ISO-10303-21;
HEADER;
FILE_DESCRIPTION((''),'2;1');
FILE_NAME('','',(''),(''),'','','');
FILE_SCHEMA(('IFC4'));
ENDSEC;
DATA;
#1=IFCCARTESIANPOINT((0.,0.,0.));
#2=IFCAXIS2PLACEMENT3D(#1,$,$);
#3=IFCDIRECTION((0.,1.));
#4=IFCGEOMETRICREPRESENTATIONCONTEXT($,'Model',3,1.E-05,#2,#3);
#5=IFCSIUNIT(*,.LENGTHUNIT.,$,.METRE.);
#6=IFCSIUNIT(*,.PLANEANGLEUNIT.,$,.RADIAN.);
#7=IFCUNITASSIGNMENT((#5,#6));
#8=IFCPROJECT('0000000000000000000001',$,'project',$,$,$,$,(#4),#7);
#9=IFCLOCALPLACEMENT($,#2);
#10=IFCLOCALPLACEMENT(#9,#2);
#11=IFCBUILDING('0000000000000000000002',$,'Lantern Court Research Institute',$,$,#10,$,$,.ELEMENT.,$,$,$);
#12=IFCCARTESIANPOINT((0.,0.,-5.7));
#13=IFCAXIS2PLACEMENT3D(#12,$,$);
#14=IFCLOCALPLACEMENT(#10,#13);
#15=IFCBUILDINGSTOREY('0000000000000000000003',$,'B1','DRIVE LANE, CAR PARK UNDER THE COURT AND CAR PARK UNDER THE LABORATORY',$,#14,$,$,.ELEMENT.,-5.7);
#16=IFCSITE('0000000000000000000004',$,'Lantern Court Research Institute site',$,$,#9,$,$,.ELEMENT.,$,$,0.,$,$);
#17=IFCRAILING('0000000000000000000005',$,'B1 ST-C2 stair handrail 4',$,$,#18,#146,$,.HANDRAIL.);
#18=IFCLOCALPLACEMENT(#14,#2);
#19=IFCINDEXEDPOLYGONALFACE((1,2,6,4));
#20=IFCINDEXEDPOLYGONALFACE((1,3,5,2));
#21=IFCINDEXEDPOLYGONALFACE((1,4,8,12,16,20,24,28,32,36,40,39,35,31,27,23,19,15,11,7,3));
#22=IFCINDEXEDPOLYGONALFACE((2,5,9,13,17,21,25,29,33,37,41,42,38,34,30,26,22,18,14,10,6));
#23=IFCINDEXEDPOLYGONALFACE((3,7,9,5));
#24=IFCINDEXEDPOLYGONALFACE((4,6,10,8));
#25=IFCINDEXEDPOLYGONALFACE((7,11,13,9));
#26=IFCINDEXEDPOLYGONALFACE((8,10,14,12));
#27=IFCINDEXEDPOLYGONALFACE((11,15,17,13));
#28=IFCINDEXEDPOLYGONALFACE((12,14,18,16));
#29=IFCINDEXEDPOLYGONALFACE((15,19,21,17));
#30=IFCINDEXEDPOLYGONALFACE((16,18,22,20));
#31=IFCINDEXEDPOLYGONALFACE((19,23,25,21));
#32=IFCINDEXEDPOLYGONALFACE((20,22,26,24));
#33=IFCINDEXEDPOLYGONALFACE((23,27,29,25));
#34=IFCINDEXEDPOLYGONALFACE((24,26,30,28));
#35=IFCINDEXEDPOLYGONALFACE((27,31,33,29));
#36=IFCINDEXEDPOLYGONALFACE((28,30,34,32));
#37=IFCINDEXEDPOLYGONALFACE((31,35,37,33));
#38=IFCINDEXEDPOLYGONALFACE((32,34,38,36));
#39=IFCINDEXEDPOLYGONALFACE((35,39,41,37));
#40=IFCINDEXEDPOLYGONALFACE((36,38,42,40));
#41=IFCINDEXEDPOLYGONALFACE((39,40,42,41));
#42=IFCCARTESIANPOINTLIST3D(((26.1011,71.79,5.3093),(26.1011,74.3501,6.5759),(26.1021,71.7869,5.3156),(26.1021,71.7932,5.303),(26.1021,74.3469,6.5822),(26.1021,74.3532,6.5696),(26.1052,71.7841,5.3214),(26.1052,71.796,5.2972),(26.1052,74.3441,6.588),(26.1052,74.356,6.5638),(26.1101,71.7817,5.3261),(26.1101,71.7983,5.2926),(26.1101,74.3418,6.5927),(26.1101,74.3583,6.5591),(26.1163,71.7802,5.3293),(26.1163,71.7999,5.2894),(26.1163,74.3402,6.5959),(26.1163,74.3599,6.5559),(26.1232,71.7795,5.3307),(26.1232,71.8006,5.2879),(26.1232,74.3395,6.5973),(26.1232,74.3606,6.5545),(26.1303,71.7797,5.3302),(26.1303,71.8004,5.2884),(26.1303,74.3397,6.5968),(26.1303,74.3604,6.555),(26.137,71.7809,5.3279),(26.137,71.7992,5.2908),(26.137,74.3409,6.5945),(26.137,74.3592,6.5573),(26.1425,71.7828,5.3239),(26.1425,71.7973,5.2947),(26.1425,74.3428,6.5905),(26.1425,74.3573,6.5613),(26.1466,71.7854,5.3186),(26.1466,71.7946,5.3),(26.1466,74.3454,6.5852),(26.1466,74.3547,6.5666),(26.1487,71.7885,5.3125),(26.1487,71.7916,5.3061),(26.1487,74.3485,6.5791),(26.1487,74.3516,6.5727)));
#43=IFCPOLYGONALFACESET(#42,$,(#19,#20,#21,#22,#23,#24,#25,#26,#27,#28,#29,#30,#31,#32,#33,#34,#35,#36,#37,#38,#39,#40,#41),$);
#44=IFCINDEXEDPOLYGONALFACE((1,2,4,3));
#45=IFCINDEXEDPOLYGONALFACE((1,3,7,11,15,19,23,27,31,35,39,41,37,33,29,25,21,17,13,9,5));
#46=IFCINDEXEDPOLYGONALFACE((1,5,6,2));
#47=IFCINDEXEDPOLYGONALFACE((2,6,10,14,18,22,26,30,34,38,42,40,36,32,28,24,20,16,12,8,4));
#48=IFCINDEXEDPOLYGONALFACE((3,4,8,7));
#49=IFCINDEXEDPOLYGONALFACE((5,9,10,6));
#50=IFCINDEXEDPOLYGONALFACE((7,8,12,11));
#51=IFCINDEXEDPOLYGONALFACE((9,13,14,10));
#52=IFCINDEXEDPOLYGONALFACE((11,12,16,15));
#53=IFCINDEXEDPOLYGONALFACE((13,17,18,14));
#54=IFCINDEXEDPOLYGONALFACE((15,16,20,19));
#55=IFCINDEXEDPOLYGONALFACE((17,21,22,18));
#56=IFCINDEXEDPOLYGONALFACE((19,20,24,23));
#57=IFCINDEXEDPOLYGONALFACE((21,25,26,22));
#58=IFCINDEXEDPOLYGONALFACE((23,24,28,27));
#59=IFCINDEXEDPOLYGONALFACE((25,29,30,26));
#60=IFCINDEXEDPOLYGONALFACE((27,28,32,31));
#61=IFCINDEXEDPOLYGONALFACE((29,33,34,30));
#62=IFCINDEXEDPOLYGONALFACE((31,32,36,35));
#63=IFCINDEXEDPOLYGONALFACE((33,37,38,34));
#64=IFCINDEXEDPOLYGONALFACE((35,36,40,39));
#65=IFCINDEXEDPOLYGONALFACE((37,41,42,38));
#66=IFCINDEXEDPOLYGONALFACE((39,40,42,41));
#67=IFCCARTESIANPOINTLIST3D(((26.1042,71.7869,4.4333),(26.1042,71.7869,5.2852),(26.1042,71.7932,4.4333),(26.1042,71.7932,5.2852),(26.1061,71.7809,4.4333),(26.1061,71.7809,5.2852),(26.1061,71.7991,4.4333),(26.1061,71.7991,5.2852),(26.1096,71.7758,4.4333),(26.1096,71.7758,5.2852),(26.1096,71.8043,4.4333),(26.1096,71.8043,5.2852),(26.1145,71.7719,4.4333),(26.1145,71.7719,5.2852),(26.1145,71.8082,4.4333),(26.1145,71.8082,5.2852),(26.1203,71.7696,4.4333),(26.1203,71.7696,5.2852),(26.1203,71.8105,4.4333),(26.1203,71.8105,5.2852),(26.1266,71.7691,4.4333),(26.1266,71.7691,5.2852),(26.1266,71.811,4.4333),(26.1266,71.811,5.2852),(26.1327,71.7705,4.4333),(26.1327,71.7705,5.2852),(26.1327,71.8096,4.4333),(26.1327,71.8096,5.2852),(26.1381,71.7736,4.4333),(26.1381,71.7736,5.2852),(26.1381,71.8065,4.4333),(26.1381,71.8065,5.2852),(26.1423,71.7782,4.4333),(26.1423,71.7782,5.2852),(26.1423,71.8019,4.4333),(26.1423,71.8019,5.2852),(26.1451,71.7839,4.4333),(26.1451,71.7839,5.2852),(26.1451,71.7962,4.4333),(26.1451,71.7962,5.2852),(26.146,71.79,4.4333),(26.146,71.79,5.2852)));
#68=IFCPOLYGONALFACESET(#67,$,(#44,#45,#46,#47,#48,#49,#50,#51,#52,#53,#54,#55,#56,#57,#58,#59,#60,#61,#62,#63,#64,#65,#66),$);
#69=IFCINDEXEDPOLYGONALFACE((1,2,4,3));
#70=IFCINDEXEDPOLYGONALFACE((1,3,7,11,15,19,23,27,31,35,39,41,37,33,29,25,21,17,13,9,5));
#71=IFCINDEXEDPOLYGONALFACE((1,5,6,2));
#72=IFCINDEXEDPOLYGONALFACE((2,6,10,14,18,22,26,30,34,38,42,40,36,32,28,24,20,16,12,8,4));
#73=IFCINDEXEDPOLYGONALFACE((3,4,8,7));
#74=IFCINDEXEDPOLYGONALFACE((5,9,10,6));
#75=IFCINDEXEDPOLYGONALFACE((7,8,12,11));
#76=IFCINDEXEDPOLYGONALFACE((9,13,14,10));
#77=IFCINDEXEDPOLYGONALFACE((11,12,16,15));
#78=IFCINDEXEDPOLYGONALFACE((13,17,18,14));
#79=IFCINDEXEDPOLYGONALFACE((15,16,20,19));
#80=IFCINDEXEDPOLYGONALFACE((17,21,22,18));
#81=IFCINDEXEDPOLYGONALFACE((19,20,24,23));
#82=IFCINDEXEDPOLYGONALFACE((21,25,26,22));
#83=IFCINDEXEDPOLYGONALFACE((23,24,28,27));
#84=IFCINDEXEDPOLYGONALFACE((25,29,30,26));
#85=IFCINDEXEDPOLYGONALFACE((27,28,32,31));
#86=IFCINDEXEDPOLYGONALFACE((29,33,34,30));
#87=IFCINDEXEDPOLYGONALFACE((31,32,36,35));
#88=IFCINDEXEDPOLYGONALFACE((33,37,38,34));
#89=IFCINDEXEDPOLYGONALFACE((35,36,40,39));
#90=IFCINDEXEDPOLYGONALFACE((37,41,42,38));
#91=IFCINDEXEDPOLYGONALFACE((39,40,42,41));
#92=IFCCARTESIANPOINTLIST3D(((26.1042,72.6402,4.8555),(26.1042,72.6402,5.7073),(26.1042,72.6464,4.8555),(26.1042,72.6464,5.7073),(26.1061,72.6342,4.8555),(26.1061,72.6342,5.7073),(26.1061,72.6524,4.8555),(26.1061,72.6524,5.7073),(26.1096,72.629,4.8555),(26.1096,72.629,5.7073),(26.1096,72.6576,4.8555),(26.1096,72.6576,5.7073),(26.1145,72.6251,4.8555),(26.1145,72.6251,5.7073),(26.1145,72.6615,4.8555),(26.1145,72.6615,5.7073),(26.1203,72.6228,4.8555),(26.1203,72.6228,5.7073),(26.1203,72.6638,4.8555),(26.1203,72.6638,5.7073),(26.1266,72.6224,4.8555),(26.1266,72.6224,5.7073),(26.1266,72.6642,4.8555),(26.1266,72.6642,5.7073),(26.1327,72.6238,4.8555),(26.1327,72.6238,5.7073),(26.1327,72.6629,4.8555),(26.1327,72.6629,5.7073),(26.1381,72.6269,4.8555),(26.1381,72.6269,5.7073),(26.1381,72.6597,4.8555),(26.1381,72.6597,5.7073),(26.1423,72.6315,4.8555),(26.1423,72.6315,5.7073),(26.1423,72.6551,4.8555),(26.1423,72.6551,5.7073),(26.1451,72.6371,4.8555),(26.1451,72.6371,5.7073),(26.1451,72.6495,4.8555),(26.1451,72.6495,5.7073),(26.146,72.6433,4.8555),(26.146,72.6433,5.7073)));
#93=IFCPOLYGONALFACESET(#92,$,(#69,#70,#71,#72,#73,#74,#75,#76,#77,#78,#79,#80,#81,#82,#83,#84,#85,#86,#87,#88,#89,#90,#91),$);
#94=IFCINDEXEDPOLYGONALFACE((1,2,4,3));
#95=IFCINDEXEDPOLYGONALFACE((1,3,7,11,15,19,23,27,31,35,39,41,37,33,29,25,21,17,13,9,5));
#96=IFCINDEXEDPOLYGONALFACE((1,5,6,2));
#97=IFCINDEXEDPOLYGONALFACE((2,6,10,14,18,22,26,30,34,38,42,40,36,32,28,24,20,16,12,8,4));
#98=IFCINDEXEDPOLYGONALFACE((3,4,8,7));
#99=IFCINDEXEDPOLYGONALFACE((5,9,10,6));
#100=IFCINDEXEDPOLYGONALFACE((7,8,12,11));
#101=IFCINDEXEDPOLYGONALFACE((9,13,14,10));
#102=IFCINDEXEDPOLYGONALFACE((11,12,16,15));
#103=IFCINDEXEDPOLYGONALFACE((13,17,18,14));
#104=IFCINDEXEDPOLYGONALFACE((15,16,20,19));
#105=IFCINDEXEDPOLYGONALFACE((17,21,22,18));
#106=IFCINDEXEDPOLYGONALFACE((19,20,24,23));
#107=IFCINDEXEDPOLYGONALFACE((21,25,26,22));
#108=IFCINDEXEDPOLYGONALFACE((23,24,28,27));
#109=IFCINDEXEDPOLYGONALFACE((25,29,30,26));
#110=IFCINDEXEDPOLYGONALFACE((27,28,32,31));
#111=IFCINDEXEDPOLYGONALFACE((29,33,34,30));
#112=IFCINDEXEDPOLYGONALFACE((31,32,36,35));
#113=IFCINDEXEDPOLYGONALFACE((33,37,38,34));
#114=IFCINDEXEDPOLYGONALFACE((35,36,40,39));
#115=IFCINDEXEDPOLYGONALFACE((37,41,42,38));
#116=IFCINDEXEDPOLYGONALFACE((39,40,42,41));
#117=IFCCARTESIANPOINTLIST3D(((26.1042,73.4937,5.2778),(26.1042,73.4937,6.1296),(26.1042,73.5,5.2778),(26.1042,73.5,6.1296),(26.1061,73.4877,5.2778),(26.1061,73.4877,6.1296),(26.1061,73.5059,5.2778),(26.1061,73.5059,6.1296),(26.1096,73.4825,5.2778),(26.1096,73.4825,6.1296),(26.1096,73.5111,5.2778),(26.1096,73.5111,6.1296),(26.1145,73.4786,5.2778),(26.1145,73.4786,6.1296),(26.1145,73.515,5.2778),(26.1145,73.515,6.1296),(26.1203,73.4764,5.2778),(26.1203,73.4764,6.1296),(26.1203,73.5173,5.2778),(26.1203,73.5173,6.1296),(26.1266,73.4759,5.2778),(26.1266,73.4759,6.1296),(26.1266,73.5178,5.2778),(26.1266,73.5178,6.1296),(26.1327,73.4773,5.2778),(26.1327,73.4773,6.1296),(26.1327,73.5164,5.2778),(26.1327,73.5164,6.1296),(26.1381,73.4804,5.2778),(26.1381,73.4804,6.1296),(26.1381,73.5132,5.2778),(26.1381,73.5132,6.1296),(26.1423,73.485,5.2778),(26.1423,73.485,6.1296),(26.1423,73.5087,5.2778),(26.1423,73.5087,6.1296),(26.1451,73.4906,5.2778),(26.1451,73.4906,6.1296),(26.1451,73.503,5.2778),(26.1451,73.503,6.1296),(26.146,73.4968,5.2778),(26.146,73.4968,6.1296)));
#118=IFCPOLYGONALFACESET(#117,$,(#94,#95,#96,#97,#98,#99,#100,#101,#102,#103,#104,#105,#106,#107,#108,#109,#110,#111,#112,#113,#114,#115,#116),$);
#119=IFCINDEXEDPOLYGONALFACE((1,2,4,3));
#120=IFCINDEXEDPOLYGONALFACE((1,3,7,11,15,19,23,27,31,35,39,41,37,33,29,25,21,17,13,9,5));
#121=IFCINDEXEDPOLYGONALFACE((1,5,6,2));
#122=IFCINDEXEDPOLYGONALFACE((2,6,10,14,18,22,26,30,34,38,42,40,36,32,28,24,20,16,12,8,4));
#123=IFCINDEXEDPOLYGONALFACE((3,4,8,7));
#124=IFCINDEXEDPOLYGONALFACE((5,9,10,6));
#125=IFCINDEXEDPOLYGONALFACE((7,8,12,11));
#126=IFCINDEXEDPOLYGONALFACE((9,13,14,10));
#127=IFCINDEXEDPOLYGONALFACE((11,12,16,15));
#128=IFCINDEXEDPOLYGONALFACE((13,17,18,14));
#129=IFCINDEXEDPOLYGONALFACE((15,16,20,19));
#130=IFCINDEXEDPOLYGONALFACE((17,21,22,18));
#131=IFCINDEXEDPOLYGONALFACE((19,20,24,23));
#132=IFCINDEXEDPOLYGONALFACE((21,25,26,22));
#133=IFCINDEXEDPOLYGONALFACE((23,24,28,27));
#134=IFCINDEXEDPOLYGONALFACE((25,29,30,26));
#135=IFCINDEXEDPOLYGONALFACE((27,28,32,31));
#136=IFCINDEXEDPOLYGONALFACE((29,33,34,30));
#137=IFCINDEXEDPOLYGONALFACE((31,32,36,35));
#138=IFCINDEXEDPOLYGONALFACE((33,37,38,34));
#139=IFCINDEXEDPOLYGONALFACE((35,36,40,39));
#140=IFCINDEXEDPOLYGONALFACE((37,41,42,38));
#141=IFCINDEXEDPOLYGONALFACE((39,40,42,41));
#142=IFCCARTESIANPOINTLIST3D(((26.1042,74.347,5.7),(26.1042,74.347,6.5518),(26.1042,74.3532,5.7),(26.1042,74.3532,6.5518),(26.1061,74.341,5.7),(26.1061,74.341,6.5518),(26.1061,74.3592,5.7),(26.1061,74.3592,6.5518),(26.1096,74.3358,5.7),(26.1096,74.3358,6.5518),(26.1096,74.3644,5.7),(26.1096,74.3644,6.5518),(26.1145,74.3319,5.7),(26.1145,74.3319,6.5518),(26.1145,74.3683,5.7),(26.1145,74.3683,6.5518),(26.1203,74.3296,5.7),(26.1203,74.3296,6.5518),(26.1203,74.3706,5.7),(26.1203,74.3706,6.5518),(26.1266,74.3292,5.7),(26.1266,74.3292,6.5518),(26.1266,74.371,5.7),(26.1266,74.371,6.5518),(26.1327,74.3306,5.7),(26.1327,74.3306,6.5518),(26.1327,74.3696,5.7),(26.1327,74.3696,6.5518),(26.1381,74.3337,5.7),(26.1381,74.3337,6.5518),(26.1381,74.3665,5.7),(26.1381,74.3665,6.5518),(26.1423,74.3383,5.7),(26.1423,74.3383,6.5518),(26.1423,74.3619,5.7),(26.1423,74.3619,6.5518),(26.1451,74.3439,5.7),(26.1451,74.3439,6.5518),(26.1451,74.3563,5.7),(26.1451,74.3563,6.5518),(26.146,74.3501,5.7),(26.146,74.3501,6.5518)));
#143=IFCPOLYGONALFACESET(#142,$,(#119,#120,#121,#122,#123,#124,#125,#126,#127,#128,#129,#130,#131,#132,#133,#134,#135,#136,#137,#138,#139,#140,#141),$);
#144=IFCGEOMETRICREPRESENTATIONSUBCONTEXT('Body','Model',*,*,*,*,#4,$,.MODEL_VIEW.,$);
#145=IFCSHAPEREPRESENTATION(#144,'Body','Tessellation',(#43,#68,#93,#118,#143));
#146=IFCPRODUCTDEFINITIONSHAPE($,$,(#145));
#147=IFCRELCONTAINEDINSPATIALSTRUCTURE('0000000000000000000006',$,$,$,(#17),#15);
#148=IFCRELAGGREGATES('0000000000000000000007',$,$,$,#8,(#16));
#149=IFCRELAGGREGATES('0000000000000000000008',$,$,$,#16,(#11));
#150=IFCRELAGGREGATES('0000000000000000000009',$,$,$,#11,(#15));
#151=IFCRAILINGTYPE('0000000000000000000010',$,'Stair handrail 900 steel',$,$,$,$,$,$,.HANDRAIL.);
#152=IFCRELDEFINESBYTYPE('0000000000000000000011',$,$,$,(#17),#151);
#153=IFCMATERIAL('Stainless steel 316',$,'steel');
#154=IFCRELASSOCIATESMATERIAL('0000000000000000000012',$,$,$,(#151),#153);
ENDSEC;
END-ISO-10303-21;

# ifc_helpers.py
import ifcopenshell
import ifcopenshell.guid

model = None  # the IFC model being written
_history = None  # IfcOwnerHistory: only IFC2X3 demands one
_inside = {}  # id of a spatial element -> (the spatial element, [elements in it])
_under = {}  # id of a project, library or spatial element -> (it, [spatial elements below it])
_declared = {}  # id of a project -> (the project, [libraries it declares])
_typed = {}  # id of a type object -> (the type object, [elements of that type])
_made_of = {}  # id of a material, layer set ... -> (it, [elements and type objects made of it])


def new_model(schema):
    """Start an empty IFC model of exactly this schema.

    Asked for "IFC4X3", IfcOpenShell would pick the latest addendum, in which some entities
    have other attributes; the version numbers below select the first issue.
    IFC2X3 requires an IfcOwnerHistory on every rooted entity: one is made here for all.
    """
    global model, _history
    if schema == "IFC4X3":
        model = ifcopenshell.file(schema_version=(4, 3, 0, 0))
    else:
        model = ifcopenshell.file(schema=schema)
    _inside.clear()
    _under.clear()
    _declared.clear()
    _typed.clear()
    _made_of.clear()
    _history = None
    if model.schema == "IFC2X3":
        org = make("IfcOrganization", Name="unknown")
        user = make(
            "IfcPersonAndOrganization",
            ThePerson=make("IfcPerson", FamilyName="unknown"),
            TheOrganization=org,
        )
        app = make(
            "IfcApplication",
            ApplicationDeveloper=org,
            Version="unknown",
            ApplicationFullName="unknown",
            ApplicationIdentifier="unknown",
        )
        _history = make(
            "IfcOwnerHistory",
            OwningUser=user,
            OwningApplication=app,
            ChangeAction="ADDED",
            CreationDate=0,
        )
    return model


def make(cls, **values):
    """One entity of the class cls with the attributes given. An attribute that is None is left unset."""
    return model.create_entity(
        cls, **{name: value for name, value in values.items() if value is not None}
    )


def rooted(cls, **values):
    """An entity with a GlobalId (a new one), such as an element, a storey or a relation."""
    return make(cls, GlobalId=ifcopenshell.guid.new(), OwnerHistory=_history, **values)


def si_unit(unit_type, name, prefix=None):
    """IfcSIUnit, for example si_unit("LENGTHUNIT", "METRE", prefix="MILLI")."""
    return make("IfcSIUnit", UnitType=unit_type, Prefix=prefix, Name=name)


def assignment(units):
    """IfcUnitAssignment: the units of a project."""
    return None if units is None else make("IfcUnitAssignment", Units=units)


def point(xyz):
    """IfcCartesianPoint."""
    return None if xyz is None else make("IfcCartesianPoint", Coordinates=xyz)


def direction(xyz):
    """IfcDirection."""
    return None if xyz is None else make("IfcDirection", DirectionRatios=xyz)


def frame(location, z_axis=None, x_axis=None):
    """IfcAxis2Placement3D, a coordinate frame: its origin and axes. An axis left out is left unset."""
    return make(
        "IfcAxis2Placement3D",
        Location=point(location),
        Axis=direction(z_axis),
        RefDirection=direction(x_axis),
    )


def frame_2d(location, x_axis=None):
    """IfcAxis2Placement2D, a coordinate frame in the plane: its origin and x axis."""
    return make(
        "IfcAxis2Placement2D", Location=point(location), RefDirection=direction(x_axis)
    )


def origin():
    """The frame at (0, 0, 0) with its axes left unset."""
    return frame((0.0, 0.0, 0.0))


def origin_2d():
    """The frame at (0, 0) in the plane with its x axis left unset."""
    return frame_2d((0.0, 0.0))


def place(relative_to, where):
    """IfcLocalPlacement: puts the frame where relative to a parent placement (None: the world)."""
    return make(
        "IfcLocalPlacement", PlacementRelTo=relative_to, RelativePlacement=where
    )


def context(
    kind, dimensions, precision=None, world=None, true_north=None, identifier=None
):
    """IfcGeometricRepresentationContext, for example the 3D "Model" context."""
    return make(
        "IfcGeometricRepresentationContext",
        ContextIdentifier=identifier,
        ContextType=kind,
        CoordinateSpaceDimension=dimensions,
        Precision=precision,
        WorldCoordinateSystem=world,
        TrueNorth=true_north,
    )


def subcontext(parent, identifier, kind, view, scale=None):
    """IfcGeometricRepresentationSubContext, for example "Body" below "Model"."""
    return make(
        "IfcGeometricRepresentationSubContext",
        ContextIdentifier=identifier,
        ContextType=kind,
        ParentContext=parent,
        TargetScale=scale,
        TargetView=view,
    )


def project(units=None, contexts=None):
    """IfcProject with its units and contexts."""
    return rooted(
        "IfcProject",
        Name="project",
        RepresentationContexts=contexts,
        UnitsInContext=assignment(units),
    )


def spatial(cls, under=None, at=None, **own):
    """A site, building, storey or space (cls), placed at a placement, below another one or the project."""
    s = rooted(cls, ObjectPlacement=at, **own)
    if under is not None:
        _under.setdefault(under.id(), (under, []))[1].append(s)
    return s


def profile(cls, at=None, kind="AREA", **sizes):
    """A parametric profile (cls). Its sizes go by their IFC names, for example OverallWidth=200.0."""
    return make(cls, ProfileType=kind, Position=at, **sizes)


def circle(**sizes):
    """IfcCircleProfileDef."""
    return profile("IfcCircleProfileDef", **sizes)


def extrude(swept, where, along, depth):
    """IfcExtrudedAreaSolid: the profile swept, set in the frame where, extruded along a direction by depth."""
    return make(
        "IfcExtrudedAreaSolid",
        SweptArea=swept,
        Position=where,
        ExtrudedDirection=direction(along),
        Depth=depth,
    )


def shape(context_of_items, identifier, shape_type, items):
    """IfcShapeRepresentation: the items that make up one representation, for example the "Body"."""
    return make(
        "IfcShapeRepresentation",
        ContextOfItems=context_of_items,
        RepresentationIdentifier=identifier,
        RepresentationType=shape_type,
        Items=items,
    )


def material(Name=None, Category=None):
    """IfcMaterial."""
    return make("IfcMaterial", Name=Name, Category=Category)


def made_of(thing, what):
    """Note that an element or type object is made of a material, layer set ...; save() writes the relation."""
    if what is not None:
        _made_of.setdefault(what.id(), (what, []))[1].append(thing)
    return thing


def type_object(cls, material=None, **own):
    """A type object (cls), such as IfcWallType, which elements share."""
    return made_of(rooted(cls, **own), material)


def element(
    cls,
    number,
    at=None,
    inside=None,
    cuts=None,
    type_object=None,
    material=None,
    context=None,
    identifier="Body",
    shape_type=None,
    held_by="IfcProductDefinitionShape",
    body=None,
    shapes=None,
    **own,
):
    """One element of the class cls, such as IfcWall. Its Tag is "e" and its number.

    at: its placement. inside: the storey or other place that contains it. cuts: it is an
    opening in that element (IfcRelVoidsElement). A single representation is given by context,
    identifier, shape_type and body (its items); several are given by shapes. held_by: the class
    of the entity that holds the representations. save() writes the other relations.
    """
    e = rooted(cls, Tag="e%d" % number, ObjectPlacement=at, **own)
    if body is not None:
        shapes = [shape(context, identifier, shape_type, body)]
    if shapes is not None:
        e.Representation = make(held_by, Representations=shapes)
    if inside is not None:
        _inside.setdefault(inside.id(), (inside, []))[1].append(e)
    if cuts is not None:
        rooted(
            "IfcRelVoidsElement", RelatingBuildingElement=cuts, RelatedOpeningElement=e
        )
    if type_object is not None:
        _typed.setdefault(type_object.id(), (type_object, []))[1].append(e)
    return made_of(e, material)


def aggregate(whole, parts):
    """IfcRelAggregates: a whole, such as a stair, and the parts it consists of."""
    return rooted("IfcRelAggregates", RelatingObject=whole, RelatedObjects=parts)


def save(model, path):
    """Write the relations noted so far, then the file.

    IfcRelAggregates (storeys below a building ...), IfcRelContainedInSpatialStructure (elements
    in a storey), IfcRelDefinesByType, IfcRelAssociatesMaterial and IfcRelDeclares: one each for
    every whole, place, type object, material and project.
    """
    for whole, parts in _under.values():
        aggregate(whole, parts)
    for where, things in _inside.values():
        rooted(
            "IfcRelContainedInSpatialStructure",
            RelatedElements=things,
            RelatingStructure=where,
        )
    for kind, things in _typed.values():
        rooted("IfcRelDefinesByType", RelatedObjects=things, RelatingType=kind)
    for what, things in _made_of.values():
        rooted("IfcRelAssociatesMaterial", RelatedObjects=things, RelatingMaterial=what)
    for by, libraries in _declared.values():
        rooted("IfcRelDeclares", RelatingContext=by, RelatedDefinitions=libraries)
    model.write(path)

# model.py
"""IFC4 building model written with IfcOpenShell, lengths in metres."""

from ifc_helpers import new_model, si_unit, direction, frame, origin, origin_2d, place, context, subcontext, project, spatial, circle, extrude, material, type_object, element, save


model = new_model("IFC4")

# Units and contexts
model_context = context("Model", 3, precision=1e-05, world=origin(), true_north=direction((0.0, 1.0)))
body_context = subcontext(model_context, "Body", "Model", "MODEL_VIEW")
ifc_project = project(units=[si_unit("LENGTHUNIT", "METRE"), si_unit("PLANEANGLEUNIT", "RADIAN")], contexts=[model_context])

# Site, building, storey
site_placement = place(None, origin())
site = spatial("IfcSite", under=ifc_project, at=site_placement, Name="Lantern Court Research Institute site", CompositionType="ELEMENT", RefElevation=0.0)
building_placement = place(site_placement, origin())
building = spatial("IfcBuilding", under=site, at=building_placement, Name="Lantern Court Research Institute", CompositionType="ELEMENT")
storey_placement = place(building_placement, frame((0.0, 0.0, -5.7)))
storey = spatial("IfcBuildingStorey", under=building, at=storey_placement, Name="B1", Description="DRIVE LANE, CAR PARK UNDER THE COURT AND CAR PARK UNDER THE LABORATORY", CompositionType="ELEMENT", Elevation=-5.7)

# Railing
ifc_material_1 = material(Name="Stainless steel 316", Category="steel")
railing_type_1 = type_object("IfcRailingType", Name="Stair handrail 900 steel", PredefinedType="HANDRAIL", material=ifc_material_1)
railing_1_placement = place(storey_placement, frame((26.125, 71.79, 4.4333)))
element("IfcRailing", 1, at=railing_1_placement, inside=storey, type_object=railing_type_1, Name="B1 ST-C2 stair handrail 4", PredefinedType="HANDRAIL", context=body_context, shape_type="SweptSolid", body=[
    extrude(circle(Radius=0.0239, at=origin_2d()), frame((0.0, 0.0, 0.876), z_axis=(0.0, 0.8963, 0.443449), x_axis=(-1.0, 0.0, 0.0)), (0.0, 0.0, 1.0), 2.8562),
    extrude(circle(Radius=0.021, at=origin_2d()), origin(), (0.0, 0.0, 1.0), 0.8518),
    extrude(circle(Radius=0.021, at=origin_2d()), frame((0.0, 0.8533, 0.4221)), (0.0, 0.0, 1.0), 0.8518),
    extrude(circle(Radius=0.021, at=origin_2d()), frame((0.0, 1.7068, 0.8445)), (0.0, 0.0, 1.0), 0.8518),
    extrude(circle(Radius=0.021, at=origin_2d()), frame((0.0, 2.5601, 1.2666)), (0.0, 0.0, 1.0), 0.8518),
])

save(model, "model.ifc")
